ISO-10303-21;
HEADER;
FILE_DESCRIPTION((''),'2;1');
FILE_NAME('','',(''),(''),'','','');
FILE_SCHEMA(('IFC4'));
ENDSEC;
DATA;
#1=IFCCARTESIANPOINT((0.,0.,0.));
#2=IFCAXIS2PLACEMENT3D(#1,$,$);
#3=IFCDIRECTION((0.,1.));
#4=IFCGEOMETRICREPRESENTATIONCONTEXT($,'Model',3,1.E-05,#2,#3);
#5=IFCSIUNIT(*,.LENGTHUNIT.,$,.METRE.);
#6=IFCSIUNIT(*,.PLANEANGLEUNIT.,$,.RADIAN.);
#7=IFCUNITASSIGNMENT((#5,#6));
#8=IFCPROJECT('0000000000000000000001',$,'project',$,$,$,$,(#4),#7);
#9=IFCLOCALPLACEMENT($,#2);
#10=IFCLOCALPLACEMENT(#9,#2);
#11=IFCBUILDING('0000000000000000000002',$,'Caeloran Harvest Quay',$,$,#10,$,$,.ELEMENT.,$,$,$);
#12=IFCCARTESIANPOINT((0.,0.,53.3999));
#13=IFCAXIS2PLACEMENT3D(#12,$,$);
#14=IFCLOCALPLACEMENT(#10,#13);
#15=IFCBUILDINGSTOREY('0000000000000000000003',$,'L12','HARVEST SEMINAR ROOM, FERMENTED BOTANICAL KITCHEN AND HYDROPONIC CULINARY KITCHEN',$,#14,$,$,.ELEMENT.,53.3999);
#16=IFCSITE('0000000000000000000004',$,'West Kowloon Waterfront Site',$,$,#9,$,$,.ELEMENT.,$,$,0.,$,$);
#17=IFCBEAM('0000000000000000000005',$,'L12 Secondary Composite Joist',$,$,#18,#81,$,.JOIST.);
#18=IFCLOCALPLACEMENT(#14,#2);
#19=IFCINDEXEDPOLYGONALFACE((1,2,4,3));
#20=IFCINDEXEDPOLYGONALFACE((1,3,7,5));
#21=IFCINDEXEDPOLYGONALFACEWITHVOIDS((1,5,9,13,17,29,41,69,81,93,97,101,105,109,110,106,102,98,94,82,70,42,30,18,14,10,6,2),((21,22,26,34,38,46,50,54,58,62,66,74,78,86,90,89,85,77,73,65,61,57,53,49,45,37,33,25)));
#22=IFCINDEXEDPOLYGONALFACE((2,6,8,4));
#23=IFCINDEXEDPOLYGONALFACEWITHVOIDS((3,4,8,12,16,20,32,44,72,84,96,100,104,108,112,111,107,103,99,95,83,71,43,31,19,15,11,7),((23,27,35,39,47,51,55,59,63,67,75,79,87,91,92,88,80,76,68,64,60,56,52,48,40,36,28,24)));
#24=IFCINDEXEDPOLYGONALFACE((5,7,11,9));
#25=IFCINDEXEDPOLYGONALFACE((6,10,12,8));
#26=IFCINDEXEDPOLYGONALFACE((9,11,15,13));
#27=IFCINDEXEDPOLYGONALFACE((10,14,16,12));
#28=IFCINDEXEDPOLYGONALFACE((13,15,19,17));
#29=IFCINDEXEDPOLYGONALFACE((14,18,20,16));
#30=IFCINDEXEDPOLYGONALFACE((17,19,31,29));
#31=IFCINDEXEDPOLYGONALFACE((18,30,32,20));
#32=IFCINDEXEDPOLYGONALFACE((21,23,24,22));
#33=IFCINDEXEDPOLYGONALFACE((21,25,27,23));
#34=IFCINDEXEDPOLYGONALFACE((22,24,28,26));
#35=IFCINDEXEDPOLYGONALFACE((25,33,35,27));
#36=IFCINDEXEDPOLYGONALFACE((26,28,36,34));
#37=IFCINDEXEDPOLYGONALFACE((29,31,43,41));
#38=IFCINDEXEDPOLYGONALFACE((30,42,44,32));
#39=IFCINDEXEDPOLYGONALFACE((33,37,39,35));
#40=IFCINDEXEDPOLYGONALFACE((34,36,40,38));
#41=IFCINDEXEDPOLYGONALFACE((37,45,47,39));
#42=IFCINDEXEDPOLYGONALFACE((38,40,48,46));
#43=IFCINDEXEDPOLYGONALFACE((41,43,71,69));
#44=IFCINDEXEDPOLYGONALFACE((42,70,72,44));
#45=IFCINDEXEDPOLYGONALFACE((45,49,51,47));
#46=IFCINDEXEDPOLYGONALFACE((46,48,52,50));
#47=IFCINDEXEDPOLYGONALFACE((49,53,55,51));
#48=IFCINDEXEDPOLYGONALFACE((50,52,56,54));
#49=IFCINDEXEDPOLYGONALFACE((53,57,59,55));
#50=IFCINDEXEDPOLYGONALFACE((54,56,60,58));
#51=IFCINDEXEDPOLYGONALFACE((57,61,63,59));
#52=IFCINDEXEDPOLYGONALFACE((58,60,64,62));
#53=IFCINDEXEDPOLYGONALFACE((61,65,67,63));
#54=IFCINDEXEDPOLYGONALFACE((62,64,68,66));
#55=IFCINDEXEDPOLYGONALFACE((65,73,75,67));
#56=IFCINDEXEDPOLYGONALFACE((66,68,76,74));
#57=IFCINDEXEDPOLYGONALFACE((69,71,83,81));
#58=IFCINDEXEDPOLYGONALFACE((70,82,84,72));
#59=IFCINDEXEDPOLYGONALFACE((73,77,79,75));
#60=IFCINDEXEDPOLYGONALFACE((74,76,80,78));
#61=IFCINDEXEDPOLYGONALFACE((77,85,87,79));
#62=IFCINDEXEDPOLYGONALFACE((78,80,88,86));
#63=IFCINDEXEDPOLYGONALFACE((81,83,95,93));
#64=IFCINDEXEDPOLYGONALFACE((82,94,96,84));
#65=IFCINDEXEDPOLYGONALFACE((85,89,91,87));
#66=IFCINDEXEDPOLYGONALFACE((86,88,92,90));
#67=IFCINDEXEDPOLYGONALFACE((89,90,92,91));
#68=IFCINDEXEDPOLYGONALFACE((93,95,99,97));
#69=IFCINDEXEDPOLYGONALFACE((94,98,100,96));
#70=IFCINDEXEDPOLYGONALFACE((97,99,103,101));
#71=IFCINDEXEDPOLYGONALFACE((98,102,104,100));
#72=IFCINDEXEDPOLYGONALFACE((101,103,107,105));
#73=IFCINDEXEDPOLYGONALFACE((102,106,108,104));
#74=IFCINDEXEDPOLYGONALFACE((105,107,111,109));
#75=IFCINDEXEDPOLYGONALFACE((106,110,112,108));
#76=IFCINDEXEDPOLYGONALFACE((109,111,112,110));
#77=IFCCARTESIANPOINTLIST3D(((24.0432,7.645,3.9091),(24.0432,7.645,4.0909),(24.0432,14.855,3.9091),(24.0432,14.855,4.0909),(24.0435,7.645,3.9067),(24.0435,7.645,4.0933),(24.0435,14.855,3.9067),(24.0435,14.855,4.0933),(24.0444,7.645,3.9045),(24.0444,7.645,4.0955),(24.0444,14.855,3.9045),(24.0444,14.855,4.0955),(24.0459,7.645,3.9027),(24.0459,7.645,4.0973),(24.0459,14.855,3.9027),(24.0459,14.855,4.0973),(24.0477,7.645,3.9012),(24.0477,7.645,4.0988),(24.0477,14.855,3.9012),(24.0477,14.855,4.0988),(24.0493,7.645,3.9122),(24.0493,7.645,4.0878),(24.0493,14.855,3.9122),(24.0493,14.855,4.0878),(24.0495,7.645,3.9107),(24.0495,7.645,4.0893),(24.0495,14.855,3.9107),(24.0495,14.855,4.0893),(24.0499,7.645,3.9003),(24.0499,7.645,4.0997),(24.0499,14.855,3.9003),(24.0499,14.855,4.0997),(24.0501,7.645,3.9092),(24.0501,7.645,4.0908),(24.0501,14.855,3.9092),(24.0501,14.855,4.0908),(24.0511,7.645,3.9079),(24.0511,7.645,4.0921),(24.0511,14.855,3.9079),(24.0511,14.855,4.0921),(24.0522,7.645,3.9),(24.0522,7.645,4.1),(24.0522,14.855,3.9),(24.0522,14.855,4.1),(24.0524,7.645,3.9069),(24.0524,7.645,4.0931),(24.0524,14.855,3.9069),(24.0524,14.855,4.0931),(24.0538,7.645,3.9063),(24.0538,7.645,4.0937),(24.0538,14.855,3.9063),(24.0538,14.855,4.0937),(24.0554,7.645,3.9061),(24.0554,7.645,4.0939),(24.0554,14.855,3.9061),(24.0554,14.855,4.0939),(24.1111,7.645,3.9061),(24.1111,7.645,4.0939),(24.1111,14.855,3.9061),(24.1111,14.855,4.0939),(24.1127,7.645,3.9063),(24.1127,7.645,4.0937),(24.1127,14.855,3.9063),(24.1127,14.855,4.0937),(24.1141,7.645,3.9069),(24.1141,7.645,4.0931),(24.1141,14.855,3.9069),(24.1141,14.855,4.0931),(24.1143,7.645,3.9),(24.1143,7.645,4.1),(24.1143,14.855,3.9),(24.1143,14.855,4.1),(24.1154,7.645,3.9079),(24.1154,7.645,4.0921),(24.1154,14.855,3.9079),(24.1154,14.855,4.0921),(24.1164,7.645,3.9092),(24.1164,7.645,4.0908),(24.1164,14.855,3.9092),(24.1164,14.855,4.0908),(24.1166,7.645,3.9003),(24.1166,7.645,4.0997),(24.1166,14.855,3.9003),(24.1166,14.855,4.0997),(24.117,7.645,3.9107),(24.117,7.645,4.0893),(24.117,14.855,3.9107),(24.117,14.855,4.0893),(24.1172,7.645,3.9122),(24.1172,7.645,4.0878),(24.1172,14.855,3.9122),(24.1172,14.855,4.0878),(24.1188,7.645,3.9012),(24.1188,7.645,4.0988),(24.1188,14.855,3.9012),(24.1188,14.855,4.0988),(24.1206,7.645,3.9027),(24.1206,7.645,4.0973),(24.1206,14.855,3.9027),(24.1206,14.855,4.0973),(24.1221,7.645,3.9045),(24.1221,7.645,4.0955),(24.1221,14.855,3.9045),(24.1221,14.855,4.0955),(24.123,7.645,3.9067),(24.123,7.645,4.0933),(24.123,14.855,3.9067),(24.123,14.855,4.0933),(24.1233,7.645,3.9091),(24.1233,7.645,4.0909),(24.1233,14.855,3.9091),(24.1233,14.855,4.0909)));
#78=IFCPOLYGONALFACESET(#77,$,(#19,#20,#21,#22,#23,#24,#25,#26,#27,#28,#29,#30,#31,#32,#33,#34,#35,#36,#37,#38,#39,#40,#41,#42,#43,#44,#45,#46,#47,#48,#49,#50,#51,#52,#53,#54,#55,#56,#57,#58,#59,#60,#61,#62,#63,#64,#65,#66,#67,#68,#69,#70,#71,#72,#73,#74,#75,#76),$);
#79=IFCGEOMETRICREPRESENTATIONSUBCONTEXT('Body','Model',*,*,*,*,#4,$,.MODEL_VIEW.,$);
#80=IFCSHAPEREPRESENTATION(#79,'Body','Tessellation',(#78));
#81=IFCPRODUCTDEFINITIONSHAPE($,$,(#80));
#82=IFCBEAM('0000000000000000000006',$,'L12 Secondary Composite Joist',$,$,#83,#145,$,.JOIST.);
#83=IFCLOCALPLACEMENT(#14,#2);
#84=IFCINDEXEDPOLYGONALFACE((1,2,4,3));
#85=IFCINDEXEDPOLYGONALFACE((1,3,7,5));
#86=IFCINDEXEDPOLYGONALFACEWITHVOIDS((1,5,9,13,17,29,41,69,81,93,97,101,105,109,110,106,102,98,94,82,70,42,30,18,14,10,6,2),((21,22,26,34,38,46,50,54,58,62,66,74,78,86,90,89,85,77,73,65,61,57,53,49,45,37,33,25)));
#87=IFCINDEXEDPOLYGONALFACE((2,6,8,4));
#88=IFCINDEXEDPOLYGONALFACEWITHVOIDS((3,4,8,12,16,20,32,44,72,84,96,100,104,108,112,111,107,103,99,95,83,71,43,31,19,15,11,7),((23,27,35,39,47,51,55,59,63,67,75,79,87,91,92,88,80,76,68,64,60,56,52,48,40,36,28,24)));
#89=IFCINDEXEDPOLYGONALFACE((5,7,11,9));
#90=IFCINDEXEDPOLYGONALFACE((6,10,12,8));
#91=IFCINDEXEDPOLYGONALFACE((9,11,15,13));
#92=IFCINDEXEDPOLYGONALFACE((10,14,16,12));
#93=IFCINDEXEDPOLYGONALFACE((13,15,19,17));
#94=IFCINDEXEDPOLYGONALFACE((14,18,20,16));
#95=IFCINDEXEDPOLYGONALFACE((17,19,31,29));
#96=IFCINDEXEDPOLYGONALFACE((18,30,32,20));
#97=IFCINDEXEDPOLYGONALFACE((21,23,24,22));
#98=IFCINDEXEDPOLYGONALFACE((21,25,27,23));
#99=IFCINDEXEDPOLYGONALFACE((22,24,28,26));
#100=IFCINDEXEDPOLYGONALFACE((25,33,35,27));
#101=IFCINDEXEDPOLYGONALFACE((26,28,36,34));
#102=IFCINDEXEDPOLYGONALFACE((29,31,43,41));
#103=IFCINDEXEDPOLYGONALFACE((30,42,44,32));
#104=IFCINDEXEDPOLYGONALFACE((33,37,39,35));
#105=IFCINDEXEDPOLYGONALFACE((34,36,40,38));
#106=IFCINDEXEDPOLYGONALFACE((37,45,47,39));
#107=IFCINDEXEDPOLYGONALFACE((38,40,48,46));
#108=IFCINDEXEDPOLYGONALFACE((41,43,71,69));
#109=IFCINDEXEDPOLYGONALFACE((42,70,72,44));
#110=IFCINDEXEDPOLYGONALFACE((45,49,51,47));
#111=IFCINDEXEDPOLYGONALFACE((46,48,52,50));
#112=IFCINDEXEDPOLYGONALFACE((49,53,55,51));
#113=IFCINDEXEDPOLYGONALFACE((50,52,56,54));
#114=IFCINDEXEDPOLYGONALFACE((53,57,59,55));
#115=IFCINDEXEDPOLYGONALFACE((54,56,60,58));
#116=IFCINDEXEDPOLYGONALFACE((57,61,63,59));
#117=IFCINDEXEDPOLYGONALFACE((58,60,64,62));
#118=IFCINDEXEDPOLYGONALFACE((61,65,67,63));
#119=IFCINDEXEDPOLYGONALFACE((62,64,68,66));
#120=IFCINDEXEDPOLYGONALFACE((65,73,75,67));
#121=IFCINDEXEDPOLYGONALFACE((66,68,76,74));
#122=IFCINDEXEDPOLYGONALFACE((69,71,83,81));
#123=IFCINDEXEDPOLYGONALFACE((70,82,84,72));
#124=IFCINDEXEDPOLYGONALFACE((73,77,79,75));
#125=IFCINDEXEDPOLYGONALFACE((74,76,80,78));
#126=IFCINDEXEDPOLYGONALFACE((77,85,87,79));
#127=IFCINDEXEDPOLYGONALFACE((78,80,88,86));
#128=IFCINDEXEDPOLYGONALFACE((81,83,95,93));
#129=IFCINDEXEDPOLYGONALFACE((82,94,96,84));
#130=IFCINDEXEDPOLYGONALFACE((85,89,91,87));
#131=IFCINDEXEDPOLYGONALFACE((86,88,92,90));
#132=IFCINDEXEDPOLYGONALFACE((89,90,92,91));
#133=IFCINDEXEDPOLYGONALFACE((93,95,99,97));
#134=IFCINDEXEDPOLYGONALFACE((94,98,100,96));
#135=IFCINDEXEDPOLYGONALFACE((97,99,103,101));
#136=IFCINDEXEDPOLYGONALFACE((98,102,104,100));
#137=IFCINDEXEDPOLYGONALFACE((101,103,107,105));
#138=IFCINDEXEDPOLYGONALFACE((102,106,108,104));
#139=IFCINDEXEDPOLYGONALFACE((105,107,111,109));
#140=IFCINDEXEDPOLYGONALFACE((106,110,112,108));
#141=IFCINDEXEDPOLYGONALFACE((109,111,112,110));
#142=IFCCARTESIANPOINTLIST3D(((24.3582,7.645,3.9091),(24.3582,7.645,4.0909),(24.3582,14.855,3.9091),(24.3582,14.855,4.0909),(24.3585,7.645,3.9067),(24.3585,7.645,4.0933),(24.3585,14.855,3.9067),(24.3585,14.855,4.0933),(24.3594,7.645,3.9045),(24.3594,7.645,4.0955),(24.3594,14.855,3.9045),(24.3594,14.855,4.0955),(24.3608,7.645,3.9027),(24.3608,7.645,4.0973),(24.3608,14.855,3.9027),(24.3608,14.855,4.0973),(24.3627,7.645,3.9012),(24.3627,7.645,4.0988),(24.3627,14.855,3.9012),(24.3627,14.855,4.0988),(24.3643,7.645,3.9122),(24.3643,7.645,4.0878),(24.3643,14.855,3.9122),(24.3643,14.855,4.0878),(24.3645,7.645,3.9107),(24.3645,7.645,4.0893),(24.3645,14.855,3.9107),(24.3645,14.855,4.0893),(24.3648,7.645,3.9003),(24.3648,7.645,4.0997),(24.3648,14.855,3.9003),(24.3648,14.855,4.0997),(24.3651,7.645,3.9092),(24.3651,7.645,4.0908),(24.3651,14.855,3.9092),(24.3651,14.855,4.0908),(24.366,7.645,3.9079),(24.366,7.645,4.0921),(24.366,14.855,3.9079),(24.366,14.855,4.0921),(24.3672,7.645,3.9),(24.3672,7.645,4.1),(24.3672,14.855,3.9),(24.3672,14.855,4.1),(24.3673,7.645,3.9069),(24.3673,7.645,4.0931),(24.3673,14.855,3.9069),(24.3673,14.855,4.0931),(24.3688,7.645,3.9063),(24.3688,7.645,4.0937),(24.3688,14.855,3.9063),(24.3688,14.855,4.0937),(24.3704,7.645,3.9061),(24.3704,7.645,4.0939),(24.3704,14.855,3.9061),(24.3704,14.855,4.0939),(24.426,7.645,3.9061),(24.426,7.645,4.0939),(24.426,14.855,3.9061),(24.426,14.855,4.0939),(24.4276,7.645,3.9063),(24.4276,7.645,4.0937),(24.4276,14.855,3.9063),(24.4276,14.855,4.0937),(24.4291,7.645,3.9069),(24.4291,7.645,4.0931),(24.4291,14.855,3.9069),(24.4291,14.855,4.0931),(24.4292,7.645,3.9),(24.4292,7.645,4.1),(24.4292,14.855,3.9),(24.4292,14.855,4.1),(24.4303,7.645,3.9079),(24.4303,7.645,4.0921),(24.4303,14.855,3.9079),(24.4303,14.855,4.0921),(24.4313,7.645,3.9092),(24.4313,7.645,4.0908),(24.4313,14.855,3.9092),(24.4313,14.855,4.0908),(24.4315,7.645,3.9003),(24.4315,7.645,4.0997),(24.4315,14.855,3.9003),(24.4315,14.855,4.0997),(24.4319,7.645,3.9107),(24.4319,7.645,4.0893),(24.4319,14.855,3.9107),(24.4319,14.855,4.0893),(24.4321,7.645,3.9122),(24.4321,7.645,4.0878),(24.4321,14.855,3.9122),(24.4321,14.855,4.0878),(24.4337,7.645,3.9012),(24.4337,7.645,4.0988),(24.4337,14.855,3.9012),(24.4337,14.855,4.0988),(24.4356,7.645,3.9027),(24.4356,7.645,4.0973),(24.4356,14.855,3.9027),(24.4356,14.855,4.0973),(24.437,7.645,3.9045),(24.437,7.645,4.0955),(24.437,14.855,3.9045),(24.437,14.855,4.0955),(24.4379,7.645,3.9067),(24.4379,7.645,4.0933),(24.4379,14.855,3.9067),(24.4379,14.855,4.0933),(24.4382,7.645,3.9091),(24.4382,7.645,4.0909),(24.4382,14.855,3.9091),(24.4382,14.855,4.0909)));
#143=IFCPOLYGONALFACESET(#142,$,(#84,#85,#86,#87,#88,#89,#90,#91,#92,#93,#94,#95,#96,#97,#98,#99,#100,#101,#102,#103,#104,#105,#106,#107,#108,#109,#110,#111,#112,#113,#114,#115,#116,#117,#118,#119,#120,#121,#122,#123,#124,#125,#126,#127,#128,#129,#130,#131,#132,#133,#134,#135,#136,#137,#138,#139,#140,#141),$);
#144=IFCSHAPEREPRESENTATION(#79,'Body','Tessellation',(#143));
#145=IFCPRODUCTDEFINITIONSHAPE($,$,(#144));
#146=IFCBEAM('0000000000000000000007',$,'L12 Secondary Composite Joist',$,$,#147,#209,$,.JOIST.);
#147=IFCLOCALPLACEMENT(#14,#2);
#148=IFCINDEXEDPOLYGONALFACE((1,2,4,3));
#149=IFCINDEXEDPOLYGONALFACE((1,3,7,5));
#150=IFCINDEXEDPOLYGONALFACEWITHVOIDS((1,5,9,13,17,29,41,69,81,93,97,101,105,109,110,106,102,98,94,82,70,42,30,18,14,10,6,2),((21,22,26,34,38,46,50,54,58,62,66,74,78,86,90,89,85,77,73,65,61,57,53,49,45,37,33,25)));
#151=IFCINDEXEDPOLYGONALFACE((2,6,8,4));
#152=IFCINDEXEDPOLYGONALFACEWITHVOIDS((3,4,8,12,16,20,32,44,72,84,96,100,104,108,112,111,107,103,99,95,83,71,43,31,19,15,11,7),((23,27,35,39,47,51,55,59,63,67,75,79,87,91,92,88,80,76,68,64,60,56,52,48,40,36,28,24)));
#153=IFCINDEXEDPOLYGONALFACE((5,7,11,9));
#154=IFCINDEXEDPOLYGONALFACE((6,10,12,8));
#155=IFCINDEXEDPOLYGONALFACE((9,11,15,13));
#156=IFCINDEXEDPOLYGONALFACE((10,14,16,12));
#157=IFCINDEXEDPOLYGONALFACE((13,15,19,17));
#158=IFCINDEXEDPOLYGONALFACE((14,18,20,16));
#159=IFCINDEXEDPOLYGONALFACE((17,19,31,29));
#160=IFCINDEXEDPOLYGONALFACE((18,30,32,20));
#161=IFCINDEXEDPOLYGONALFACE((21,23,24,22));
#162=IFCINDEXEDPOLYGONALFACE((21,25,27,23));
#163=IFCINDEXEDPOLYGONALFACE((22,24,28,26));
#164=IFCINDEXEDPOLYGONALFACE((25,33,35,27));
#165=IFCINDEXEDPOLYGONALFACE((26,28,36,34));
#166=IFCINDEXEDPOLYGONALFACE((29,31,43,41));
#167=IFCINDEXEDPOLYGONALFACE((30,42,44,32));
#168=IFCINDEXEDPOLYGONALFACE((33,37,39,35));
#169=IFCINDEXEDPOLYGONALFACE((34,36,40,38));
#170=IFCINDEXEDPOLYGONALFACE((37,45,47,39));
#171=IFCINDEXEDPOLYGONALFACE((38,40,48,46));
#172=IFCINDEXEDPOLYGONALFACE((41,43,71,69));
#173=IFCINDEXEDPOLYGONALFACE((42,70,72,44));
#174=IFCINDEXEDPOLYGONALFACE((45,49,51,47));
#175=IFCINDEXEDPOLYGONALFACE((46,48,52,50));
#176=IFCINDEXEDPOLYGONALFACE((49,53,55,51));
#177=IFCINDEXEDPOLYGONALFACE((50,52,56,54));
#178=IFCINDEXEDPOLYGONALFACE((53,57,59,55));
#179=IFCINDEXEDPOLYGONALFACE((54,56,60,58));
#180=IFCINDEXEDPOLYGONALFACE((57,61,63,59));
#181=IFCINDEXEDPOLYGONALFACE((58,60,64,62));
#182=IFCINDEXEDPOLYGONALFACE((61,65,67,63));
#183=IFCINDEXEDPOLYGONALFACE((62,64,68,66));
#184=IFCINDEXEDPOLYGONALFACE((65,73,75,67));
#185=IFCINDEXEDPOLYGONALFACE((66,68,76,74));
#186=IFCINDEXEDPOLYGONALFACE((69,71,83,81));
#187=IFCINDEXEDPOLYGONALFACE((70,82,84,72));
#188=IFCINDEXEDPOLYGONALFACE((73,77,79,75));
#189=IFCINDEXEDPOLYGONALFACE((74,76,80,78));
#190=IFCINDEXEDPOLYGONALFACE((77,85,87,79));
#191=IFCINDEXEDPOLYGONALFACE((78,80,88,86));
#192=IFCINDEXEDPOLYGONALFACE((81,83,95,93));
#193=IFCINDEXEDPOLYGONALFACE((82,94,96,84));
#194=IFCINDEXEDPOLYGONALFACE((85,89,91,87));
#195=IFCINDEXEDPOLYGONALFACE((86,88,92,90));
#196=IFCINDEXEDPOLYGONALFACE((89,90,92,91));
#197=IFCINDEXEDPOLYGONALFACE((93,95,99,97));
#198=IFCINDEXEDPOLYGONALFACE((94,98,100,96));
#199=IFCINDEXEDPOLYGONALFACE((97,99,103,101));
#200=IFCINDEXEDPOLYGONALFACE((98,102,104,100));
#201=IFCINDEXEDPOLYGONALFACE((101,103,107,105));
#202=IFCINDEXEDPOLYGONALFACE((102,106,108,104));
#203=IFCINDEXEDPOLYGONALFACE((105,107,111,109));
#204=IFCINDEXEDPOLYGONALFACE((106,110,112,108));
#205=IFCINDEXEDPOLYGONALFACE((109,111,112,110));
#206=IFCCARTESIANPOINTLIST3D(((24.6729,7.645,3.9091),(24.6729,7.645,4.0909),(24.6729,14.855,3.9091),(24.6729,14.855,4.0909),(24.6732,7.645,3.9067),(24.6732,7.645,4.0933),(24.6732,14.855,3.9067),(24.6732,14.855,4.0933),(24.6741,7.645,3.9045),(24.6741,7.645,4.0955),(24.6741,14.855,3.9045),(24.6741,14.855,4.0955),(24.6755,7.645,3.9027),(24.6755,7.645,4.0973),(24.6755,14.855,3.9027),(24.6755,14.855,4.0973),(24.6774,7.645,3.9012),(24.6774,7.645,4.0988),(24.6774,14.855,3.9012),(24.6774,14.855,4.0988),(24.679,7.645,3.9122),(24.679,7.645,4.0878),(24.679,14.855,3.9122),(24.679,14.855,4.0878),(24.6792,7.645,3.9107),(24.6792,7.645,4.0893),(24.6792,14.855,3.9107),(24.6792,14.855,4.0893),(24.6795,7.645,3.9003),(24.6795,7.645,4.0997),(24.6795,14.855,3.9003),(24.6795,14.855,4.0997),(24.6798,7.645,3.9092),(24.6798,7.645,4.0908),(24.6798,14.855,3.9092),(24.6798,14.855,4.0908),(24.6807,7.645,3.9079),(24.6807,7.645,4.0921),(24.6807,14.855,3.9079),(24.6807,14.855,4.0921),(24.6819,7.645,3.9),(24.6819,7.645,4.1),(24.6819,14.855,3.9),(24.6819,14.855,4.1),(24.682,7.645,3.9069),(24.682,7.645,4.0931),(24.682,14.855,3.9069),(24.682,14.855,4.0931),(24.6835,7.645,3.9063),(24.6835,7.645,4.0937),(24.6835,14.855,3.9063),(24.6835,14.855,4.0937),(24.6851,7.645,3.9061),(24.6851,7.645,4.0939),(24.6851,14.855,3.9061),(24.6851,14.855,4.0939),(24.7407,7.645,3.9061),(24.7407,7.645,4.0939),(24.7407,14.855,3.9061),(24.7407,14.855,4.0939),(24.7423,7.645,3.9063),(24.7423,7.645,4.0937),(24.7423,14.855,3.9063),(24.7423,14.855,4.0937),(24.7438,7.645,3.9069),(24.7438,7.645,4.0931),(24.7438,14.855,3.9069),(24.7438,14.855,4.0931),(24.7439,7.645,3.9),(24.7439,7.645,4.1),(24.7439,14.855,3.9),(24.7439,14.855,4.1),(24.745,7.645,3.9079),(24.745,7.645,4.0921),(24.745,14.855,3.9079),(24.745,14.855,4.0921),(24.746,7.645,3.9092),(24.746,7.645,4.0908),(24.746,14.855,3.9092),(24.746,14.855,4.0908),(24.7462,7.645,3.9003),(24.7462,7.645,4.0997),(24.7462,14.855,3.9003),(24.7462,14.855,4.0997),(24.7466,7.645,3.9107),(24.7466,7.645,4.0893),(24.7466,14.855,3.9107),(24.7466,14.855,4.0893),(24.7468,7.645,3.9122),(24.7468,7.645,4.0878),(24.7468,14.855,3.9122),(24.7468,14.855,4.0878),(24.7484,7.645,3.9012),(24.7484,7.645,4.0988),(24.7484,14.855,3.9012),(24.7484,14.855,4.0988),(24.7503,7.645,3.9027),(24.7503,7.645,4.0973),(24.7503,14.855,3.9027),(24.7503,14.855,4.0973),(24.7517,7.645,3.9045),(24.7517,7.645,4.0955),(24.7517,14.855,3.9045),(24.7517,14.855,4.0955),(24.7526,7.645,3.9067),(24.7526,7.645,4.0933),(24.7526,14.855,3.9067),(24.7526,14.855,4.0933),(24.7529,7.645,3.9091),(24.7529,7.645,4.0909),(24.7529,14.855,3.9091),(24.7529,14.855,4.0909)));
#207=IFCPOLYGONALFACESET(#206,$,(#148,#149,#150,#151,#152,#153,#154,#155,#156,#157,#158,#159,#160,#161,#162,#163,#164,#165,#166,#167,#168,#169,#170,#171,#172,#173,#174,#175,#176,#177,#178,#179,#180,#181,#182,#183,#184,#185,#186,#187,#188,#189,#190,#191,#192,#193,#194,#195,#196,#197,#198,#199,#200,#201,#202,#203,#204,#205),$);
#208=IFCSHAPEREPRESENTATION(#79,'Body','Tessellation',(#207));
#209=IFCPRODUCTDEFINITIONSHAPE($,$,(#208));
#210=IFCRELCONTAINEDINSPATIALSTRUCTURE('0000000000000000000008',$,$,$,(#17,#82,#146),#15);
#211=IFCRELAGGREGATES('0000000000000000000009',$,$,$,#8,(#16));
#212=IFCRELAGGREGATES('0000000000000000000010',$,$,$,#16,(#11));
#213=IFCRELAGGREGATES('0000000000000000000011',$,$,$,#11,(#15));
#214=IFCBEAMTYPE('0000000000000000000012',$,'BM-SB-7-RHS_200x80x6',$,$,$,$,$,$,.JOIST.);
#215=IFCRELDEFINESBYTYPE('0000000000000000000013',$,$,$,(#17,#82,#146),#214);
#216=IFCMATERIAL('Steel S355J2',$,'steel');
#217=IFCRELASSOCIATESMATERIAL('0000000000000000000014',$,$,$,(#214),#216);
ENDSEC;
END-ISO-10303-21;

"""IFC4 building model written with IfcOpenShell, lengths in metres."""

from ifc_helpers import new_model, si_unit, direction, frame, origin, origin_2d, place, context, subcontext, project, spatial, hollow_rectangle, extrude, material, material_profile, profile_set, type_object, element, save


model = new_model("IFC4")

# Units and contexts
model_context = context("Model", 3, precision=1e-05, world=origin(), true_north=direction((0.0, 1.0)))
body_context = subcontext(model_context, "Body", "Model", "MODEL_VIEW")
ifc_project = project(units=[si_unit("LENGTHUNIT", "METRE"), si_unit("PLANEANGLEUNIT", "RADIAN")], contexts=[model_context])

# Site, building, storey
site_placement = place(None, origin())
site = spatial("IfcSite", under=ifc_project, at=site_placement, Name="West Kowloon Waterfront Site", CompositionType="ELEMENT", RefElevation=0.0)
building_placement = place(site_placement, origin())
building = spatial("IfcBuilding", under=site, at=building_placement, Name="Caeloran Harvest Quay", CompositionType="ELEMENT")
storey_placement = place(building_placement, frame((0.0, 0.0, 53.3999)))
storey = spatial("IfcBuildingStorey", under=building, at=storey_placement, Name="L12", Description="HARVEST SEMINAR ROOM, FERMENTED BOTANICAL KITCHEN AND HYDROPONIC CULINARY KITCHEN", CompositionType="ELEMENT", Elevation=53.3999)

# Beams
ifc_material_1 = material(Name="Steel S355J2", Category="steel")
ifc_material_profile_1 = material_profile(ifc_material_1, hollow_rectangle(XDim=0.0801, YDim=0.2, WallThickness=0.0061, InnerFilletRadius=0.0061, OuterFilletRadius=0.009, at=origin_2d()), Name="RHS 200x80x6")
ifc_profile_set_1 = profile_set([ifc_material_profile_1], Name="Steel S355J2")
beam_type_1 = type_object("IfcBeamType", Name="BM-SB-7-RHS_200x80x6", PredefinedType="JOIST", material=ifc_profile_set_1)
for number, where, z_axis, x_axis, name in (
    (1, (24.0833, 7.645, 4.0), (0.0, 1.0, 0.0), (-1.0, 0.0, 0.0), "L12 Secondary Composite Joist"),
    (2, (24.3982, 7.645, 4.0), (0.0, 1.0, 0.0), (-1.0, 0.0, 0.0), "L12 Secondary Composite Joist"),
    (3, (24.7129, 7.645, 4.0), (0.0, 1.0, 0.0), (-1.0, 0.0, 0.0), "L12 Secondary Composite Joist"),
):
    element("IfcBeam", number, at=place(storey_placement, frame(where, z_axis=z_axis, x_axis=x_axis)), inside=storey, type_object=beam_type_1, Name=name, PredefinedType="JOIST", context=body_context, shape_type="SweptSolid", body=[
        extrude(hollow_rectangle(XDim=0.0801, YDim=0.2, WallThickness=0.0061, InnerFilletRadius=0.0061, OuterFilletRadius=0.009, at=origin_2d()), origin(), (0.0, 0.0, 1.0), 7.21),
    ])

save(model, "model.ifc")
